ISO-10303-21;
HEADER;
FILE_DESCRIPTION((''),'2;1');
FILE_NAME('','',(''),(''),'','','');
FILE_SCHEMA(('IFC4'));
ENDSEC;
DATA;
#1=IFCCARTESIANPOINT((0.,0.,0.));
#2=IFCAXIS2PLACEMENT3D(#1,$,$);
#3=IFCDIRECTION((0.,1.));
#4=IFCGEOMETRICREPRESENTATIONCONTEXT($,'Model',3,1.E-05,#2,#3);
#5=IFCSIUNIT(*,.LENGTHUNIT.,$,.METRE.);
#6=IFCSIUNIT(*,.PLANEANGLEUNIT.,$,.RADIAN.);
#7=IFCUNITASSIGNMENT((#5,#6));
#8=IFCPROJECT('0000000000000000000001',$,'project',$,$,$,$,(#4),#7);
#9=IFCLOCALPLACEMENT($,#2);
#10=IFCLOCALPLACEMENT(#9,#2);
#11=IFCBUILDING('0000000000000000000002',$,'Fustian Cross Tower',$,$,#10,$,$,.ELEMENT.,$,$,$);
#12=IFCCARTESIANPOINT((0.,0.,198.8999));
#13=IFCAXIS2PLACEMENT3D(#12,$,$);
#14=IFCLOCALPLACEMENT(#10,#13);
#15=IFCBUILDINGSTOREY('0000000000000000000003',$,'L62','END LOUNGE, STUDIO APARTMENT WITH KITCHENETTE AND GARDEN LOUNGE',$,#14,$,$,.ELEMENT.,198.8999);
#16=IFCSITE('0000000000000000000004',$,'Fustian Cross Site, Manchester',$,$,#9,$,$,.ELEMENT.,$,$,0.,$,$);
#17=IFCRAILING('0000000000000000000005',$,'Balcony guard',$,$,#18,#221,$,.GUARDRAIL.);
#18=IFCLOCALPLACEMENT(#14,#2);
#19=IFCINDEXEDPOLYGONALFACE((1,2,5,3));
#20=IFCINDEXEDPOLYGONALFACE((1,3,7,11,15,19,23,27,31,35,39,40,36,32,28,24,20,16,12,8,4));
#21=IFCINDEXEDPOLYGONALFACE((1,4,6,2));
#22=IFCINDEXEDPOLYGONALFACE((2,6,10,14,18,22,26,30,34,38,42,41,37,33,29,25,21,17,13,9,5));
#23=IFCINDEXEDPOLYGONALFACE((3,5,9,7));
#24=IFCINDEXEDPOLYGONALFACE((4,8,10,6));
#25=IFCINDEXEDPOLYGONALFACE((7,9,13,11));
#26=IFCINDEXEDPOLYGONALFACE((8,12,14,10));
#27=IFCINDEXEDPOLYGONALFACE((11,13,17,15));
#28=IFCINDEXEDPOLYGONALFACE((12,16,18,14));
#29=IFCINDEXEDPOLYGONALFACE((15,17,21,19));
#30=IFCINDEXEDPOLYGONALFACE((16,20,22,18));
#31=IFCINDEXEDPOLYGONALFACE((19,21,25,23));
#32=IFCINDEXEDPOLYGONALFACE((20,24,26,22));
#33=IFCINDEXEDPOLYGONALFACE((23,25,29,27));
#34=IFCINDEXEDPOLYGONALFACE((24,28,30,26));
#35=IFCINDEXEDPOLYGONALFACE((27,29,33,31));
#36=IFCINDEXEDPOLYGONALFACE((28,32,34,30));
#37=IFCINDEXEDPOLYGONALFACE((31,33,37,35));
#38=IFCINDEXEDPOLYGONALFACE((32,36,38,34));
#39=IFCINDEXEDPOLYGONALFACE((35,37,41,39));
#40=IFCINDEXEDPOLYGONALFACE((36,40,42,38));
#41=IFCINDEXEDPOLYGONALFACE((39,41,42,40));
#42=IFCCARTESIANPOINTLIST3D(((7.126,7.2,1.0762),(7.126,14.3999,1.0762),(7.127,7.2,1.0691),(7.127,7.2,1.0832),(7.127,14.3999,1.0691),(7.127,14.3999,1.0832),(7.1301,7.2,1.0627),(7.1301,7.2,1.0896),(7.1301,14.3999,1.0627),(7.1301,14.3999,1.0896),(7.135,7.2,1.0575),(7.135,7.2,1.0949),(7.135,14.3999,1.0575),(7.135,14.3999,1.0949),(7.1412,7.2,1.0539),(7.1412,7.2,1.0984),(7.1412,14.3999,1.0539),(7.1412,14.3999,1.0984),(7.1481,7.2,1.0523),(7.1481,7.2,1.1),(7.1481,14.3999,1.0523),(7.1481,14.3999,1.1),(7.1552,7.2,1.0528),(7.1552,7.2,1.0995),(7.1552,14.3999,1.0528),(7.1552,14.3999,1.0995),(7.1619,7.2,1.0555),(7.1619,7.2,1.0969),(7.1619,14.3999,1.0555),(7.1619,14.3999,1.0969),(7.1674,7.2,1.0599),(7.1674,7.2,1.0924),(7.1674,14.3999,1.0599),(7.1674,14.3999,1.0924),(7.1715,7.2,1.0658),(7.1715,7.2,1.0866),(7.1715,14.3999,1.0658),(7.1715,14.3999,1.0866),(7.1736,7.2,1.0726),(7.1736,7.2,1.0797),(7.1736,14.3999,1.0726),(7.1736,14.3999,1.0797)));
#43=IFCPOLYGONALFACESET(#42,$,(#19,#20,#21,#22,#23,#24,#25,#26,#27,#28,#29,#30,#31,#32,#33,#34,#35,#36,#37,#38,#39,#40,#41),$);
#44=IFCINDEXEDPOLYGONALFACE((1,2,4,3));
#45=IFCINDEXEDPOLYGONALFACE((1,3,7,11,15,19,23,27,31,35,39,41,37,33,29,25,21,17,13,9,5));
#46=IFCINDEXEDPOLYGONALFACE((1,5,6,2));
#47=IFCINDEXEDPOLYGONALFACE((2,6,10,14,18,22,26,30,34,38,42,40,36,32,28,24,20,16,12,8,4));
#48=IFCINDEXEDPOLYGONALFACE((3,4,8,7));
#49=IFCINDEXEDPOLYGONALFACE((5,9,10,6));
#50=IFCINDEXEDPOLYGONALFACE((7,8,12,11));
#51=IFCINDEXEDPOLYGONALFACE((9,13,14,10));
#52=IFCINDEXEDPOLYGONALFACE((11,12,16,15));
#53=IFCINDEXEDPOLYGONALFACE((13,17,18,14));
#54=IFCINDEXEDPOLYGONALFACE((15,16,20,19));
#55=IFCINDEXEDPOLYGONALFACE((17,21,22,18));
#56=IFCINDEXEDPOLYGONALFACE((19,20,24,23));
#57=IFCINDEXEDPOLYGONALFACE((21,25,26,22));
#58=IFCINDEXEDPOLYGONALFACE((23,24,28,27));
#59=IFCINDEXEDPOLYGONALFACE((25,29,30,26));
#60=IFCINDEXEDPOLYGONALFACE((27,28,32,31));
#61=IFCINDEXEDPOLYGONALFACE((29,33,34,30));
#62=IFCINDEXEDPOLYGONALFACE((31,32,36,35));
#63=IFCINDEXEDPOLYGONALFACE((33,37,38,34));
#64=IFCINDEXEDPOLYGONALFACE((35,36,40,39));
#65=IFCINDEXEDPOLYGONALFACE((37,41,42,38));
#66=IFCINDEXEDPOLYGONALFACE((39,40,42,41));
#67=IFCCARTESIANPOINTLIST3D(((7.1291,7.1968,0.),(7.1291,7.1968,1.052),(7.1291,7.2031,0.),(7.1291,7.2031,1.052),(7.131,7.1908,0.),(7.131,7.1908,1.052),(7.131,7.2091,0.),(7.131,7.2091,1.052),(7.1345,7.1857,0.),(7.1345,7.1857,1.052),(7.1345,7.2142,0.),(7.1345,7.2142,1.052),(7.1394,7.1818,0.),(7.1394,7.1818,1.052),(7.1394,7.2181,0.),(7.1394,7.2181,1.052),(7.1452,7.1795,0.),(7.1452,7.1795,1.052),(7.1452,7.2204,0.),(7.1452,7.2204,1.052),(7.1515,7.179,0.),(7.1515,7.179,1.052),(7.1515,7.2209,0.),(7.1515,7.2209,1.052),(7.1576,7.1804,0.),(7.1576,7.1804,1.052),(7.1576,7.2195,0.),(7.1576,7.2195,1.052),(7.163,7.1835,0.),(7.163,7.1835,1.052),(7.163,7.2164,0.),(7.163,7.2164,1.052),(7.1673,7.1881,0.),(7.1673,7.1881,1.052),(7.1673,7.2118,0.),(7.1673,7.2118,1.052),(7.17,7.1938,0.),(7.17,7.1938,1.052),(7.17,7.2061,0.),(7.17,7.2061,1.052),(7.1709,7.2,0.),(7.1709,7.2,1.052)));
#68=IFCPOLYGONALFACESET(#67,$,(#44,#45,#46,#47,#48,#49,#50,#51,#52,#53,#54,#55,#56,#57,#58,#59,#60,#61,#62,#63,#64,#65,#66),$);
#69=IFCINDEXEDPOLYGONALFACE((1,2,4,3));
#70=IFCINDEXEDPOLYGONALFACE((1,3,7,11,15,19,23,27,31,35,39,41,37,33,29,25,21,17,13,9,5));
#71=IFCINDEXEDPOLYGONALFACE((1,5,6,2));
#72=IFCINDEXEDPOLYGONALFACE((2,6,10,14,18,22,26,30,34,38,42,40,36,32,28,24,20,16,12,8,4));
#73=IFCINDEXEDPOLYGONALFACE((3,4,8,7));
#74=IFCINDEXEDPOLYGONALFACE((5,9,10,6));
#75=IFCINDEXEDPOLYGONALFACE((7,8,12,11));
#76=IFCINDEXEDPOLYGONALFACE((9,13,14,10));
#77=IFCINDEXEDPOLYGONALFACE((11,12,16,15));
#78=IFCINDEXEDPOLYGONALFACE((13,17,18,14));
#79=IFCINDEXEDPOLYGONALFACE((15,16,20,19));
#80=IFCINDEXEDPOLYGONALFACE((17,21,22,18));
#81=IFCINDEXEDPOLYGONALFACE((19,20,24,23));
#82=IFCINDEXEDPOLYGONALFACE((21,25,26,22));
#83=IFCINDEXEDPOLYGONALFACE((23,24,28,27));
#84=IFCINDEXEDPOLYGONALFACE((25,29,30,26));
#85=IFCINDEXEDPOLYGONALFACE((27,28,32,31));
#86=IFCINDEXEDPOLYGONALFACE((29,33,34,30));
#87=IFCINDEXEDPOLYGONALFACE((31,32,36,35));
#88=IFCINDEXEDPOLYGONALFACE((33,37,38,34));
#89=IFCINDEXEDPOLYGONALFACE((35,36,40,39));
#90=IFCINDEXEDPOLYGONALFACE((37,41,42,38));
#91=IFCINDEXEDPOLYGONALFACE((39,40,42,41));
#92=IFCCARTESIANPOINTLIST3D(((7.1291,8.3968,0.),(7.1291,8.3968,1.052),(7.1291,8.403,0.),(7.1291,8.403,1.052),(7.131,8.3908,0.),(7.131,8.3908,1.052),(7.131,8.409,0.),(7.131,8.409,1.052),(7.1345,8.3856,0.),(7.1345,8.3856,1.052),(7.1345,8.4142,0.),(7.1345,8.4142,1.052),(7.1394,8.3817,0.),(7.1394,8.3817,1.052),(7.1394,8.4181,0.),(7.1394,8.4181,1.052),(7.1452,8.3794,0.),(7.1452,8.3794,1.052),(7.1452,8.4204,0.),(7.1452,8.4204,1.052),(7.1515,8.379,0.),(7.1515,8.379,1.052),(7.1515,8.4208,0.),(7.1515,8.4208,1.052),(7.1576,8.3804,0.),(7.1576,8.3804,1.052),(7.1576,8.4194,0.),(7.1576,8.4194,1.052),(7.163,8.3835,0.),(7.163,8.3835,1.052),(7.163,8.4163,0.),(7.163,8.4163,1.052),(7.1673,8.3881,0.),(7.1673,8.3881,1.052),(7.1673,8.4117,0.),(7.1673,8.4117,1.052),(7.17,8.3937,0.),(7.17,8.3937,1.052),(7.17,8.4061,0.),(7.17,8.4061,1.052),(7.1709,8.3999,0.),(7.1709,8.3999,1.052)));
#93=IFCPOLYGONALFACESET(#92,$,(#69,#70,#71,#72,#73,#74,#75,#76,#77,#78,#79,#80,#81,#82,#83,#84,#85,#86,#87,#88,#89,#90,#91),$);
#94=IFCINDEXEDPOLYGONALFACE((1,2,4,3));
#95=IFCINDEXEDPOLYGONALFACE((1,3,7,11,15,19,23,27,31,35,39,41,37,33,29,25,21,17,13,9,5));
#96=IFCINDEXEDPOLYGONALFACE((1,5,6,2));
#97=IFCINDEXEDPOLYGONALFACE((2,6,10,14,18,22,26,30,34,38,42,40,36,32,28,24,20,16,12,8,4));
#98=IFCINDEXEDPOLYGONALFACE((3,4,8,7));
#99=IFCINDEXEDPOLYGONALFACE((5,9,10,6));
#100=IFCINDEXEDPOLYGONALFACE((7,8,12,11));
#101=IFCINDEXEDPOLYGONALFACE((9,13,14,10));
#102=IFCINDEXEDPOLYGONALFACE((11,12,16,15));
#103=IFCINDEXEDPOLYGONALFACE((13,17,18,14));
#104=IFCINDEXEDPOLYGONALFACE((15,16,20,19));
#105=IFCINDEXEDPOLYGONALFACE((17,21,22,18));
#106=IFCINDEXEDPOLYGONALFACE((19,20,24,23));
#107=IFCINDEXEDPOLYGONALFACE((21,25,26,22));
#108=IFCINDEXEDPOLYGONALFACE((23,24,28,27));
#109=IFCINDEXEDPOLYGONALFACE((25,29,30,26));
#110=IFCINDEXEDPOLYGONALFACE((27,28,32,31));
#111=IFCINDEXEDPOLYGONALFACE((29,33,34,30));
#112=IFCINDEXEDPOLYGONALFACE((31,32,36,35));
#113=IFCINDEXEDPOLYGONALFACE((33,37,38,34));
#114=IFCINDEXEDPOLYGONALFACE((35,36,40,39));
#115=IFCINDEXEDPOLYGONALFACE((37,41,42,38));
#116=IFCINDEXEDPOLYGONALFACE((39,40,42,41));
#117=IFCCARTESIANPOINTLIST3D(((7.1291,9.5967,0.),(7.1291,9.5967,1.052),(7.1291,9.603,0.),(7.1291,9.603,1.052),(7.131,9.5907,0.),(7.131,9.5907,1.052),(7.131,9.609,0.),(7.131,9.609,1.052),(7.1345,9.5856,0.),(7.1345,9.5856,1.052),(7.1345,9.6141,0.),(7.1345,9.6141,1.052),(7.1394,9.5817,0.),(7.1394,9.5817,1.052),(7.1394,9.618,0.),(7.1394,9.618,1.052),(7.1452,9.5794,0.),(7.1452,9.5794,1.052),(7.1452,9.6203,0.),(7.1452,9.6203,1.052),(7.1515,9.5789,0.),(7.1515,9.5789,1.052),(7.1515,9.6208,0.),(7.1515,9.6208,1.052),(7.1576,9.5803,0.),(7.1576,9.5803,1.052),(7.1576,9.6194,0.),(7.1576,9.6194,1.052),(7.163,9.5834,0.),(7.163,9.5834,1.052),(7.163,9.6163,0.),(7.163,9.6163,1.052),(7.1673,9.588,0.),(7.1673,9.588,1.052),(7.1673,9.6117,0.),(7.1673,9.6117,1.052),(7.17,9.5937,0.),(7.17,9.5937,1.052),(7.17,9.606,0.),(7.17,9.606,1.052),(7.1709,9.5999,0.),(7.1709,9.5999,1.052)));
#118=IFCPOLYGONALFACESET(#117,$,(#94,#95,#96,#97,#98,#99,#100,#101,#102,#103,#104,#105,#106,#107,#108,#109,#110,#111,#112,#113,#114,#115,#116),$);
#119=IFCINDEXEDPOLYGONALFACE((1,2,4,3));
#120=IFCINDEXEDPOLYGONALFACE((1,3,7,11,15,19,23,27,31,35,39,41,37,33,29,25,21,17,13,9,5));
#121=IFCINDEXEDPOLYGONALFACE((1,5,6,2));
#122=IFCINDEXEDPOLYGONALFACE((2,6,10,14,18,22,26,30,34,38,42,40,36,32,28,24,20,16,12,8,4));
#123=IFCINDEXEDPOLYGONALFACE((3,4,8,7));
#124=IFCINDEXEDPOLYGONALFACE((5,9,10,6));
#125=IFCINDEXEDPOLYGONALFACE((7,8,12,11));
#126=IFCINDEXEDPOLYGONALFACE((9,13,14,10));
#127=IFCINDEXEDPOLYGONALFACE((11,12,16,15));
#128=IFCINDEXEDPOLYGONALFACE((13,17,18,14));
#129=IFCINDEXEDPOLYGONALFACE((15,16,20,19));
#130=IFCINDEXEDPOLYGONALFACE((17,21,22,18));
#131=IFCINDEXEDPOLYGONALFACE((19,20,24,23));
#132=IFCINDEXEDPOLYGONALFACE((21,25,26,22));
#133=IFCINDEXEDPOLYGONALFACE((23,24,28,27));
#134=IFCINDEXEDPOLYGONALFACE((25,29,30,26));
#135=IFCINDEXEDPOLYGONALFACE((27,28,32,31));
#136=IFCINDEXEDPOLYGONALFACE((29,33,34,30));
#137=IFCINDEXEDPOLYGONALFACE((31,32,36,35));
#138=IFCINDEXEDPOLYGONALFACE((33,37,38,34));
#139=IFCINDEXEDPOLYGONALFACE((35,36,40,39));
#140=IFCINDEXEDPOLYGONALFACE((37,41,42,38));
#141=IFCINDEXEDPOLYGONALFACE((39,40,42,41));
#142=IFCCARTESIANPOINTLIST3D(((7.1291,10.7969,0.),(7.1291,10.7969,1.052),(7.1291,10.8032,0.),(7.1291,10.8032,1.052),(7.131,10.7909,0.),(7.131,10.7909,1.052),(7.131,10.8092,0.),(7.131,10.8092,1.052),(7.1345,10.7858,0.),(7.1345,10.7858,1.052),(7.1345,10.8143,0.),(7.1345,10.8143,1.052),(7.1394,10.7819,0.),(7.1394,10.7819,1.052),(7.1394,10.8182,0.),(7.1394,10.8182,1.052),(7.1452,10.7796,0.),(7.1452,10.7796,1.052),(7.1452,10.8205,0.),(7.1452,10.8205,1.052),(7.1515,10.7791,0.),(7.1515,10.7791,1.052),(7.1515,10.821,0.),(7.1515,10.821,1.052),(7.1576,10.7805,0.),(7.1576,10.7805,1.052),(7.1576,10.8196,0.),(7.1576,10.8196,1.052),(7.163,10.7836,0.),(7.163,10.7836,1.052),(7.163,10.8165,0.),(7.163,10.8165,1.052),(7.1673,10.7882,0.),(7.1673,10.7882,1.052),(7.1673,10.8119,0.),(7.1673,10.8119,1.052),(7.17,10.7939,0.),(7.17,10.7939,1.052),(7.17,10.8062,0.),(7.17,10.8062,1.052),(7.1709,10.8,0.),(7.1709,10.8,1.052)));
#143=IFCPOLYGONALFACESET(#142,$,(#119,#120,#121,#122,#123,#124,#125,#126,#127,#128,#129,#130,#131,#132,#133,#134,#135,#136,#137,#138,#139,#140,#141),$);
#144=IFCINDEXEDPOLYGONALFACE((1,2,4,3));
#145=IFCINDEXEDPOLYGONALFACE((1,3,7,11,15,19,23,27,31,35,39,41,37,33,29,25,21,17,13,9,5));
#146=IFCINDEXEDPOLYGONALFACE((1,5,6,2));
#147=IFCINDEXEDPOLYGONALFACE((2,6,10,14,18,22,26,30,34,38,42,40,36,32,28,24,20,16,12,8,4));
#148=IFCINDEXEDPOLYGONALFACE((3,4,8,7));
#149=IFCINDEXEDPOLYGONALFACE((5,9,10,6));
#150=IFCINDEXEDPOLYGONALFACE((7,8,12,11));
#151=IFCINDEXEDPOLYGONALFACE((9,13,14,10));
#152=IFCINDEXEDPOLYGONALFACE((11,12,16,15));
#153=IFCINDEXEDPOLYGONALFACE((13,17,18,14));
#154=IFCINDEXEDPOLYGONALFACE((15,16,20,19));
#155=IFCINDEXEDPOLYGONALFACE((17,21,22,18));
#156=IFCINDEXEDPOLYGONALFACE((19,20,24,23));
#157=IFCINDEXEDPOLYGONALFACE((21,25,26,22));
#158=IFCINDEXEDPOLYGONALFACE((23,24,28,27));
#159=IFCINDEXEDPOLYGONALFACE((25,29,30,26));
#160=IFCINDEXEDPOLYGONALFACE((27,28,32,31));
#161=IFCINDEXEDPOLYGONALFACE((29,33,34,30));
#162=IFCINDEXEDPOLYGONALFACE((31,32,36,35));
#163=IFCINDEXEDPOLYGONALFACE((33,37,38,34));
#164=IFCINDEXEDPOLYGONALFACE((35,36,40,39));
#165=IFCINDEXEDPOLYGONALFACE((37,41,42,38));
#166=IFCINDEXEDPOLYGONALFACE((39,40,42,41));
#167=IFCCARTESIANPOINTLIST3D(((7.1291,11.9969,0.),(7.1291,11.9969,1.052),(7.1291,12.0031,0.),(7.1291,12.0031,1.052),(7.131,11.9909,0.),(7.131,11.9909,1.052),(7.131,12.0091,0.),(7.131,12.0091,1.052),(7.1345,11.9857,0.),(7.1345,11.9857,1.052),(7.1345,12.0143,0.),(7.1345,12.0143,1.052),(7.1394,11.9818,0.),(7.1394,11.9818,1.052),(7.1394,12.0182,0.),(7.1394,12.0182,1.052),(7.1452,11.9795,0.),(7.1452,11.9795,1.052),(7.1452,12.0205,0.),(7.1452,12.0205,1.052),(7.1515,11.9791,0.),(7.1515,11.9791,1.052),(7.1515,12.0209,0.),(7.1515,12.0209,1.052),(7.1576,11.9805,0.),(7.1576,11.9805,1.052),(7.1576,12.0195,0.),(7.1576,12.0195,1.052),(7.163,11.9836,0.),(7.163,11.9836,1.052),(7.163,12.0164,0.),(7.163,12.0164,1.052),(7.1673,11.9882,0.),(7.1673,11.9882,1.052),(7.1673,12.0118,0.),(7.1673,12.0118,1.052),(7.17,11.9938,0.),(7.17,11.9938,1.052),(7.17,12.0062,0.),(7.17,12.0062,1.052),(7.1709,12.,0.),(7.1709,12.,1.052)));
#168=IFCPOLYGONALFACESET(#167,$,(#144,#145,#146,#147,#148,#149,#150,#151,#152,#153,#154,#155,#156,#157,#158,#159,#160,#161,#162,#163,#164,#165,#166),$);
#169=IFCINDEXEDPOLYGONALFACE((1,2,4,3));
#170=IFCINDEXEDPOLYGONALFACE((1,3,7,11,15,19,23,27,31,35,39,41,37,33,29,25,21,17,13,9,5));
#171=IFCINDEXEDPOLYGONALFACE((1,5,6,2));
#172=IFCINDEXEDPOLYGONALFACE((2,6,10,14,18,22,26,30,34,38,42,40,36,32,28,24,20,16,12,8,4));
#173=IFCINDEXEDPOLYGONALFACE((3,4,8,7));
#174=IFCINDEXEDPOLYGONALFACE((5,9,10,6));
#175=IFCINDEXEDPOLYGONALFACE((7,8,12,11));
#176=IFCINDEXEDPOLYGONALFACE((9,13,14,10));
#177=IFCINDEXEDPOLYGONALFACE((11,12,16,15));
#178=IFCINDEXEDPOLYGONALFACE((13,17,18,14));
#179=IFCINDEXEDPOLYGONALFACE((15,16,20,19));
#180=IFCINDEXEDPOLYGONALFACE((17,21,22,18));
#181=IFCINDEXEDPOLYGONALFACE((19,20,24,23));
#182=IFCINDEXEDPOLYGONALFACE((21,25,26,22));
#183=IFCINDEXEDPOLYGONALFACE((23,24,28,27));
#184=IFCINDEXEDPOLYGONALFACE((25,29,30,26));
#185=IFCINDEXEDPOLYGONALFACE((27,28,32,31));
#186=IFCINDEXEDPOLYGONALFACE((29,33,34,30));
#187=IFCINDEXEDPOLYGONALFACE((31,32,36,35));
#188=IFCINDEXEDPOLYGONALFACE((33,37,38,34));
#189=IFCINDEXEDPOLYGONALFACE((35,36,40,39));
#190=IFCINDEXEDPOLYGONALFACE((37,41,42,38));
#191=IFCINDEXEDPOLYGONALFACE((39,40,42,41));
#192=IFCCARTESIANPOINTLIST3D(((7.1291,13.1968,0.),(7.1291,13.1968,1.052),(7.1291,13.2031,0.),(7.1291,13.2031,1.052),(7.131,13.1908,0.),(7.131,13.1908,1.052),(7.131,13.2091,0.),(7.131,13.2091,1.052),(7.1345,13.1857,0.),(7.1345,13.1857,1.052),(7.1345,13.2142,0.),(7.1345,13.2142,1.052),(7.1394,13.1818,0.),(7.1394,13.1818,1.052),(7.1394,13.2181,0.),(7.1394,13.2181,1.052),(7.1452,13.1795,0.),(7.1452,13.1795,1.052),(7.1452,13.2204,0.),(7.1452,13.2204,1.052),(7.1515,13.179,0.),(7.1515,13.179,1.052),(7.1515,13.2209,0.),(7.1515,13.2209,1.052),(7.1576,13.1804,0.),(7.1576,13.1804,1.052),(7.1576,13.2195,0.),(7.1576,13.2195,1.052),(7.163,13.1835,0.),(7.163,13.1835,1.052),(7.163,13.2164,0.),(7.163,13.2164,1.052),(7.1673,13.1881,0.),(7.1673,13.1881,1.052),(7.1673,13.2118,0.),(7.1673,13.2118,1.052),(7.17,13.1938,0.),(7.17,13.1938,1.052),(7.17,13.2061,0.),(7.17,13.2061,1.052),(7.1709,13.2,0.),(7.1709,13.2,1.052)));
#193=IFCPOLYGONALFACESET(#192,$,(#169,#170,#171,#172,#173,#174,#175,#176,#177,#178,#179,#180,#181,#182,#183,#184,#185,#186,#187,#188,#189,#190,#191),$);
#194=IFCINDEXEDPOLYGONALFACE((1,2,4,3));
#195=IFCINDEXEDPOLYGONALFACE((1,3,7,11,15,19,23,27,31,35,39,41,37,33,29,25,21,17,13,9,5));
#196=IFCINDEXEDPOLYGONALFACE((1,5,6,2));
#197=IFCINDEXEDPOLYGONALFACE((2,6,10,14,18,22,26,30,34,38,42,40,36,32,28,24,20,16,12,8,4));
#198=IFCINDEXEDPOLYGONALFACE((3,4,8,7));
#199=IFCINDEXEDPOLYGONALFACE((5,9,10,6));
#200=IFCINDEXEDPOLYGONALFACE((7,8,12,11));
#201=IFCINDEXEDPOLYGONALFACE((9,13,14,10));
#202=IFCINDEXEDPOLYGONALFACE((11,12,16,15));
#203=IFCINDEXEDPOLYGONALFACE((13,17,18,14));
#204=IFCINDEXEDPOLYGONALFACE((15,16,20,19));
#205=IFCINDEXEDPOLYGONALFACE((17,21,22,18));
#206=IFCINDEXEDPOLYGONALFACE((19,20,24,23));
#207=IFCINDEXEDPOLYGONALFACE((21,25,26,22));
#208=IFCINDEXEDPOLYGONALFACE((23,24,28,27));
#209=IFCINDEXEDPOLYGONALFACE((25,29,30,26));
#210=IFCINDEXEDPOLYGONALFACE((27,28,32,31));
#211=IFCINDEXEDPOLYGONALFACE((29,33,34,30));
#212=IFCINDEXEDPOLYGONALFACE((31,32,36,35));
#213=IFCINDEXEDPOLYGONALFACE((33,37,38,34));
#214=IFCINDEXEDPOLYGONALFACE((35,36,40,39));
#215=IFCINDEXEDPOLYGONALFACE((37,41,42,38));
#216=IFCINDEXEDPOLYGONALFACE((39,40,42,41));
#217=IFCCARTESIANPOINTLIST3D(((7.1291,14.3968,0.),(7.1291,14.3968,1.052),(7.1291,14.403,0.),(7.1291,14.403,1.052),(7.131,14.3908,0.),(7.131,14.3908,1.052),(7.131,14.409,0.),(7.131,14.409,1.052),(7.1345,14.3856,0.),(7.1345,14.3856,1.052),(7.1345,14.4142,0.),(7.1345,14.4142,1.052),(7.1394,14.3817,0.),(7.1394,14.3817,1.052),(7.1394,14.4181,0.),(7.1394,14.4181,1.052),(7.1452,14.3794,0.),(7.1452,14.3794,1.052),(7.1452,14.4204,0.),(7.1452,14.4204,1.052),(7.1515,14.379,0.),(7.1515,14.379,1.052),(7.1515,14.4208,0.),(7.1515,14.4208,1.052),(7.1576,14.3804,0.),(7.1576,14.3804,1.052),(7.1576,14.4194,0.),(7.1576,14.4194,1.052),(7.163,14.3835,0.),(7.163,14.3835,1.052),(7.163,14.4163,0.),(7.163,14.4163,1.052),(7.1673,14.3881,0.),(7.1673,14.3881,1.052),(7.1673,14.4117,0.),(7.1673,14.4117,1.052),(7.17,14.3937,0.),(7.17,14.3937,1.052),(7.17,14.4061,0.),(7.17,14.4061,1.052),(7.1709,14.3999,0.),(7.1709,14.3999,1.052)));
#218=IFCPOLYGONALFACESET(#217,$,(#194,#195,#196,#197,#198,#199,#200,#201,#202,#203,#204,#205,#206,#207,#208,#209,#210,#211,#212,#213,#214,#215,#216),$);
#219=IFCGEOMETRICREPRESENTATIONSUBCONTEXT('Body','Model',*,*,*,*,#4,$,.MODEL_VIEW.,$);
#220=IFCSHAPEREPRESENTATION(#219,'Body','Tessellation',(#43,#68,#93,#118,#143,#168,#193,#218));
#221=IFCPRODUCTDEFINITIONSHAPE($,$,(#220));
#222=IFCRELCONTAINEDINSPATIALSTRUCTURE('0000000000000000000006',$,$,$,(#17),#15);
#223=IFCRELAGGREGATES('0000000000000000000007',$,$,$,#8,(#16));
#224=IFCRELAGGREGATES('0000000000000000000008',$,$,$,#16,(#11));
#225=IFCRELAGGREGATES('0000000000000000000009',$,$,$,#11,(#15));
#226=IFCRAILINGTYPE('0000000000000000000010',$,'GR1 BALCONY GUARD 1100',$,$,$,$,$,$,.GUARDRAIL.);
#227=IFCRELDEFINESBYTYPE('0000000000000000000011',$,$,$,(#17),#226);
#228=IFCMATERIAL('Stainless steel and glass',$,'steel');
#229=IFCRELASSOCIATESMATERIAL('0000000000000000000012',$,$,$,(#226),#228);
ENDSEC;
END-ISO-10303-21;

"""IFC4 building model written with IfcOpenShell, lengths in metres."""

from ifc_helpers import new_model, si_unit, direction, frame, origin, origin_2d, place, context, subcontext, project, spatial, circle, extrude, material, type_object, element, save


model = new_model("IFC4")

# Units and contexts
model_context = context("Model", 3, precision=1e-05, world=origin(), true_north=direction((0.0, 1.0)))
body_context = subcontext(model_context, "Body", "Model", "MODEL_VIEW")
ifc_project = project(units=[si_unit("LENGTHUNIT", "METRE"), si_unit("PLANEANGLEUNIT", "RADIAN")], contexts=[model_context])

# Site, building, storey
site_placement = place(None, origin())
site = spatial("IfcSite", under=ifc_project, at=site_placement, Name="Fustian Cross Site, Manchester", CompositionType="ELEMENT", RefElevation=0.0)
building_placement = place(site_placement, origin())
building = spatial("IfcBuilding", under=site, at=building_placement, Name="Fustian Cross Tower", CompositionType="ELEMENT")
storey_placement = place(building_placement, frame((0.0, 0.0, 198.8999)))
storey = spatial("IfcBuildingStorey", under=building, at=storey_placement, Name="L62", Description="END LOUNGE, STUDIO APARTMENT WITH KITCHENETTE AND GARDEN LOUNGE", CompositionType="ELEMENT", Elevation=198.8999)

# Railing
ifc_material_1 = material(Name="Stainless steel and glass", Category="steel")
railing_type = type_object("IfcRailingType", Name="GR1 BALCONY GUARD 1100", PredefinedType="GUARDRAIL", material=ifc_material_1)
railing_placement = place(storey_placement, frame((7.1499, 7.2, 0.0)))
element("IfcRailing", 1, at=railing_placement, inside=storey, type_object=railing_type, Name="Balcony guard", PredefinedType="GUARDRAIL", context=body_context, shape_type="SweptSolid", body=[
    extrude(circle(Radius=0.0239, at=origin_2d()), frame((0.0, 0.0, 1.0762), z_axis=(0.0, 1.0, 0.0), x_axis=(-1.0, 0.0, 0.0)), (0.0, 0.0, 1.0), 7.2),
    extrude(circle(Radius=0.021, at=origin_2d()), origin(), (0.0, 0.0, 1.0), 1.052),
    extrude(circle(Radius=0.021, at=origin_2d()), frame((0.0, 1.2, 0.0)), (0.0, 0.0, 1.0), 1.052),
    extrude(circle(Radius=0.021, at=origin_2d()), frame((0.0, 2.3999, 0.0)), (0.0, 0.0, 1.0), 1.052),
    extrude(circle(Radius=0.021, at=origin_2d()), frame((0.0, 3.6001, 0.0)), (0.0, 0.0, 1.0), 1.052),
    extrude(circle(Radius=0.021, at=origin_2d()), frame((0.0, 4.8, 0.0)), (0.0, 0.0, 1.0), 1.052),
    extrude(circle(Radius=0.021, at=origin_2d()), frame((0.0, 6.0, 0.0)), (0.0, 0.0, 1.0), 1.052),
    extrude(circle(Radius=0.021, at=origin_2d()), frame((0.0, 7.2, 0.0)), (0.0, 0.0, 1.0), 1.052),
])

save(model, "model.ifc")
